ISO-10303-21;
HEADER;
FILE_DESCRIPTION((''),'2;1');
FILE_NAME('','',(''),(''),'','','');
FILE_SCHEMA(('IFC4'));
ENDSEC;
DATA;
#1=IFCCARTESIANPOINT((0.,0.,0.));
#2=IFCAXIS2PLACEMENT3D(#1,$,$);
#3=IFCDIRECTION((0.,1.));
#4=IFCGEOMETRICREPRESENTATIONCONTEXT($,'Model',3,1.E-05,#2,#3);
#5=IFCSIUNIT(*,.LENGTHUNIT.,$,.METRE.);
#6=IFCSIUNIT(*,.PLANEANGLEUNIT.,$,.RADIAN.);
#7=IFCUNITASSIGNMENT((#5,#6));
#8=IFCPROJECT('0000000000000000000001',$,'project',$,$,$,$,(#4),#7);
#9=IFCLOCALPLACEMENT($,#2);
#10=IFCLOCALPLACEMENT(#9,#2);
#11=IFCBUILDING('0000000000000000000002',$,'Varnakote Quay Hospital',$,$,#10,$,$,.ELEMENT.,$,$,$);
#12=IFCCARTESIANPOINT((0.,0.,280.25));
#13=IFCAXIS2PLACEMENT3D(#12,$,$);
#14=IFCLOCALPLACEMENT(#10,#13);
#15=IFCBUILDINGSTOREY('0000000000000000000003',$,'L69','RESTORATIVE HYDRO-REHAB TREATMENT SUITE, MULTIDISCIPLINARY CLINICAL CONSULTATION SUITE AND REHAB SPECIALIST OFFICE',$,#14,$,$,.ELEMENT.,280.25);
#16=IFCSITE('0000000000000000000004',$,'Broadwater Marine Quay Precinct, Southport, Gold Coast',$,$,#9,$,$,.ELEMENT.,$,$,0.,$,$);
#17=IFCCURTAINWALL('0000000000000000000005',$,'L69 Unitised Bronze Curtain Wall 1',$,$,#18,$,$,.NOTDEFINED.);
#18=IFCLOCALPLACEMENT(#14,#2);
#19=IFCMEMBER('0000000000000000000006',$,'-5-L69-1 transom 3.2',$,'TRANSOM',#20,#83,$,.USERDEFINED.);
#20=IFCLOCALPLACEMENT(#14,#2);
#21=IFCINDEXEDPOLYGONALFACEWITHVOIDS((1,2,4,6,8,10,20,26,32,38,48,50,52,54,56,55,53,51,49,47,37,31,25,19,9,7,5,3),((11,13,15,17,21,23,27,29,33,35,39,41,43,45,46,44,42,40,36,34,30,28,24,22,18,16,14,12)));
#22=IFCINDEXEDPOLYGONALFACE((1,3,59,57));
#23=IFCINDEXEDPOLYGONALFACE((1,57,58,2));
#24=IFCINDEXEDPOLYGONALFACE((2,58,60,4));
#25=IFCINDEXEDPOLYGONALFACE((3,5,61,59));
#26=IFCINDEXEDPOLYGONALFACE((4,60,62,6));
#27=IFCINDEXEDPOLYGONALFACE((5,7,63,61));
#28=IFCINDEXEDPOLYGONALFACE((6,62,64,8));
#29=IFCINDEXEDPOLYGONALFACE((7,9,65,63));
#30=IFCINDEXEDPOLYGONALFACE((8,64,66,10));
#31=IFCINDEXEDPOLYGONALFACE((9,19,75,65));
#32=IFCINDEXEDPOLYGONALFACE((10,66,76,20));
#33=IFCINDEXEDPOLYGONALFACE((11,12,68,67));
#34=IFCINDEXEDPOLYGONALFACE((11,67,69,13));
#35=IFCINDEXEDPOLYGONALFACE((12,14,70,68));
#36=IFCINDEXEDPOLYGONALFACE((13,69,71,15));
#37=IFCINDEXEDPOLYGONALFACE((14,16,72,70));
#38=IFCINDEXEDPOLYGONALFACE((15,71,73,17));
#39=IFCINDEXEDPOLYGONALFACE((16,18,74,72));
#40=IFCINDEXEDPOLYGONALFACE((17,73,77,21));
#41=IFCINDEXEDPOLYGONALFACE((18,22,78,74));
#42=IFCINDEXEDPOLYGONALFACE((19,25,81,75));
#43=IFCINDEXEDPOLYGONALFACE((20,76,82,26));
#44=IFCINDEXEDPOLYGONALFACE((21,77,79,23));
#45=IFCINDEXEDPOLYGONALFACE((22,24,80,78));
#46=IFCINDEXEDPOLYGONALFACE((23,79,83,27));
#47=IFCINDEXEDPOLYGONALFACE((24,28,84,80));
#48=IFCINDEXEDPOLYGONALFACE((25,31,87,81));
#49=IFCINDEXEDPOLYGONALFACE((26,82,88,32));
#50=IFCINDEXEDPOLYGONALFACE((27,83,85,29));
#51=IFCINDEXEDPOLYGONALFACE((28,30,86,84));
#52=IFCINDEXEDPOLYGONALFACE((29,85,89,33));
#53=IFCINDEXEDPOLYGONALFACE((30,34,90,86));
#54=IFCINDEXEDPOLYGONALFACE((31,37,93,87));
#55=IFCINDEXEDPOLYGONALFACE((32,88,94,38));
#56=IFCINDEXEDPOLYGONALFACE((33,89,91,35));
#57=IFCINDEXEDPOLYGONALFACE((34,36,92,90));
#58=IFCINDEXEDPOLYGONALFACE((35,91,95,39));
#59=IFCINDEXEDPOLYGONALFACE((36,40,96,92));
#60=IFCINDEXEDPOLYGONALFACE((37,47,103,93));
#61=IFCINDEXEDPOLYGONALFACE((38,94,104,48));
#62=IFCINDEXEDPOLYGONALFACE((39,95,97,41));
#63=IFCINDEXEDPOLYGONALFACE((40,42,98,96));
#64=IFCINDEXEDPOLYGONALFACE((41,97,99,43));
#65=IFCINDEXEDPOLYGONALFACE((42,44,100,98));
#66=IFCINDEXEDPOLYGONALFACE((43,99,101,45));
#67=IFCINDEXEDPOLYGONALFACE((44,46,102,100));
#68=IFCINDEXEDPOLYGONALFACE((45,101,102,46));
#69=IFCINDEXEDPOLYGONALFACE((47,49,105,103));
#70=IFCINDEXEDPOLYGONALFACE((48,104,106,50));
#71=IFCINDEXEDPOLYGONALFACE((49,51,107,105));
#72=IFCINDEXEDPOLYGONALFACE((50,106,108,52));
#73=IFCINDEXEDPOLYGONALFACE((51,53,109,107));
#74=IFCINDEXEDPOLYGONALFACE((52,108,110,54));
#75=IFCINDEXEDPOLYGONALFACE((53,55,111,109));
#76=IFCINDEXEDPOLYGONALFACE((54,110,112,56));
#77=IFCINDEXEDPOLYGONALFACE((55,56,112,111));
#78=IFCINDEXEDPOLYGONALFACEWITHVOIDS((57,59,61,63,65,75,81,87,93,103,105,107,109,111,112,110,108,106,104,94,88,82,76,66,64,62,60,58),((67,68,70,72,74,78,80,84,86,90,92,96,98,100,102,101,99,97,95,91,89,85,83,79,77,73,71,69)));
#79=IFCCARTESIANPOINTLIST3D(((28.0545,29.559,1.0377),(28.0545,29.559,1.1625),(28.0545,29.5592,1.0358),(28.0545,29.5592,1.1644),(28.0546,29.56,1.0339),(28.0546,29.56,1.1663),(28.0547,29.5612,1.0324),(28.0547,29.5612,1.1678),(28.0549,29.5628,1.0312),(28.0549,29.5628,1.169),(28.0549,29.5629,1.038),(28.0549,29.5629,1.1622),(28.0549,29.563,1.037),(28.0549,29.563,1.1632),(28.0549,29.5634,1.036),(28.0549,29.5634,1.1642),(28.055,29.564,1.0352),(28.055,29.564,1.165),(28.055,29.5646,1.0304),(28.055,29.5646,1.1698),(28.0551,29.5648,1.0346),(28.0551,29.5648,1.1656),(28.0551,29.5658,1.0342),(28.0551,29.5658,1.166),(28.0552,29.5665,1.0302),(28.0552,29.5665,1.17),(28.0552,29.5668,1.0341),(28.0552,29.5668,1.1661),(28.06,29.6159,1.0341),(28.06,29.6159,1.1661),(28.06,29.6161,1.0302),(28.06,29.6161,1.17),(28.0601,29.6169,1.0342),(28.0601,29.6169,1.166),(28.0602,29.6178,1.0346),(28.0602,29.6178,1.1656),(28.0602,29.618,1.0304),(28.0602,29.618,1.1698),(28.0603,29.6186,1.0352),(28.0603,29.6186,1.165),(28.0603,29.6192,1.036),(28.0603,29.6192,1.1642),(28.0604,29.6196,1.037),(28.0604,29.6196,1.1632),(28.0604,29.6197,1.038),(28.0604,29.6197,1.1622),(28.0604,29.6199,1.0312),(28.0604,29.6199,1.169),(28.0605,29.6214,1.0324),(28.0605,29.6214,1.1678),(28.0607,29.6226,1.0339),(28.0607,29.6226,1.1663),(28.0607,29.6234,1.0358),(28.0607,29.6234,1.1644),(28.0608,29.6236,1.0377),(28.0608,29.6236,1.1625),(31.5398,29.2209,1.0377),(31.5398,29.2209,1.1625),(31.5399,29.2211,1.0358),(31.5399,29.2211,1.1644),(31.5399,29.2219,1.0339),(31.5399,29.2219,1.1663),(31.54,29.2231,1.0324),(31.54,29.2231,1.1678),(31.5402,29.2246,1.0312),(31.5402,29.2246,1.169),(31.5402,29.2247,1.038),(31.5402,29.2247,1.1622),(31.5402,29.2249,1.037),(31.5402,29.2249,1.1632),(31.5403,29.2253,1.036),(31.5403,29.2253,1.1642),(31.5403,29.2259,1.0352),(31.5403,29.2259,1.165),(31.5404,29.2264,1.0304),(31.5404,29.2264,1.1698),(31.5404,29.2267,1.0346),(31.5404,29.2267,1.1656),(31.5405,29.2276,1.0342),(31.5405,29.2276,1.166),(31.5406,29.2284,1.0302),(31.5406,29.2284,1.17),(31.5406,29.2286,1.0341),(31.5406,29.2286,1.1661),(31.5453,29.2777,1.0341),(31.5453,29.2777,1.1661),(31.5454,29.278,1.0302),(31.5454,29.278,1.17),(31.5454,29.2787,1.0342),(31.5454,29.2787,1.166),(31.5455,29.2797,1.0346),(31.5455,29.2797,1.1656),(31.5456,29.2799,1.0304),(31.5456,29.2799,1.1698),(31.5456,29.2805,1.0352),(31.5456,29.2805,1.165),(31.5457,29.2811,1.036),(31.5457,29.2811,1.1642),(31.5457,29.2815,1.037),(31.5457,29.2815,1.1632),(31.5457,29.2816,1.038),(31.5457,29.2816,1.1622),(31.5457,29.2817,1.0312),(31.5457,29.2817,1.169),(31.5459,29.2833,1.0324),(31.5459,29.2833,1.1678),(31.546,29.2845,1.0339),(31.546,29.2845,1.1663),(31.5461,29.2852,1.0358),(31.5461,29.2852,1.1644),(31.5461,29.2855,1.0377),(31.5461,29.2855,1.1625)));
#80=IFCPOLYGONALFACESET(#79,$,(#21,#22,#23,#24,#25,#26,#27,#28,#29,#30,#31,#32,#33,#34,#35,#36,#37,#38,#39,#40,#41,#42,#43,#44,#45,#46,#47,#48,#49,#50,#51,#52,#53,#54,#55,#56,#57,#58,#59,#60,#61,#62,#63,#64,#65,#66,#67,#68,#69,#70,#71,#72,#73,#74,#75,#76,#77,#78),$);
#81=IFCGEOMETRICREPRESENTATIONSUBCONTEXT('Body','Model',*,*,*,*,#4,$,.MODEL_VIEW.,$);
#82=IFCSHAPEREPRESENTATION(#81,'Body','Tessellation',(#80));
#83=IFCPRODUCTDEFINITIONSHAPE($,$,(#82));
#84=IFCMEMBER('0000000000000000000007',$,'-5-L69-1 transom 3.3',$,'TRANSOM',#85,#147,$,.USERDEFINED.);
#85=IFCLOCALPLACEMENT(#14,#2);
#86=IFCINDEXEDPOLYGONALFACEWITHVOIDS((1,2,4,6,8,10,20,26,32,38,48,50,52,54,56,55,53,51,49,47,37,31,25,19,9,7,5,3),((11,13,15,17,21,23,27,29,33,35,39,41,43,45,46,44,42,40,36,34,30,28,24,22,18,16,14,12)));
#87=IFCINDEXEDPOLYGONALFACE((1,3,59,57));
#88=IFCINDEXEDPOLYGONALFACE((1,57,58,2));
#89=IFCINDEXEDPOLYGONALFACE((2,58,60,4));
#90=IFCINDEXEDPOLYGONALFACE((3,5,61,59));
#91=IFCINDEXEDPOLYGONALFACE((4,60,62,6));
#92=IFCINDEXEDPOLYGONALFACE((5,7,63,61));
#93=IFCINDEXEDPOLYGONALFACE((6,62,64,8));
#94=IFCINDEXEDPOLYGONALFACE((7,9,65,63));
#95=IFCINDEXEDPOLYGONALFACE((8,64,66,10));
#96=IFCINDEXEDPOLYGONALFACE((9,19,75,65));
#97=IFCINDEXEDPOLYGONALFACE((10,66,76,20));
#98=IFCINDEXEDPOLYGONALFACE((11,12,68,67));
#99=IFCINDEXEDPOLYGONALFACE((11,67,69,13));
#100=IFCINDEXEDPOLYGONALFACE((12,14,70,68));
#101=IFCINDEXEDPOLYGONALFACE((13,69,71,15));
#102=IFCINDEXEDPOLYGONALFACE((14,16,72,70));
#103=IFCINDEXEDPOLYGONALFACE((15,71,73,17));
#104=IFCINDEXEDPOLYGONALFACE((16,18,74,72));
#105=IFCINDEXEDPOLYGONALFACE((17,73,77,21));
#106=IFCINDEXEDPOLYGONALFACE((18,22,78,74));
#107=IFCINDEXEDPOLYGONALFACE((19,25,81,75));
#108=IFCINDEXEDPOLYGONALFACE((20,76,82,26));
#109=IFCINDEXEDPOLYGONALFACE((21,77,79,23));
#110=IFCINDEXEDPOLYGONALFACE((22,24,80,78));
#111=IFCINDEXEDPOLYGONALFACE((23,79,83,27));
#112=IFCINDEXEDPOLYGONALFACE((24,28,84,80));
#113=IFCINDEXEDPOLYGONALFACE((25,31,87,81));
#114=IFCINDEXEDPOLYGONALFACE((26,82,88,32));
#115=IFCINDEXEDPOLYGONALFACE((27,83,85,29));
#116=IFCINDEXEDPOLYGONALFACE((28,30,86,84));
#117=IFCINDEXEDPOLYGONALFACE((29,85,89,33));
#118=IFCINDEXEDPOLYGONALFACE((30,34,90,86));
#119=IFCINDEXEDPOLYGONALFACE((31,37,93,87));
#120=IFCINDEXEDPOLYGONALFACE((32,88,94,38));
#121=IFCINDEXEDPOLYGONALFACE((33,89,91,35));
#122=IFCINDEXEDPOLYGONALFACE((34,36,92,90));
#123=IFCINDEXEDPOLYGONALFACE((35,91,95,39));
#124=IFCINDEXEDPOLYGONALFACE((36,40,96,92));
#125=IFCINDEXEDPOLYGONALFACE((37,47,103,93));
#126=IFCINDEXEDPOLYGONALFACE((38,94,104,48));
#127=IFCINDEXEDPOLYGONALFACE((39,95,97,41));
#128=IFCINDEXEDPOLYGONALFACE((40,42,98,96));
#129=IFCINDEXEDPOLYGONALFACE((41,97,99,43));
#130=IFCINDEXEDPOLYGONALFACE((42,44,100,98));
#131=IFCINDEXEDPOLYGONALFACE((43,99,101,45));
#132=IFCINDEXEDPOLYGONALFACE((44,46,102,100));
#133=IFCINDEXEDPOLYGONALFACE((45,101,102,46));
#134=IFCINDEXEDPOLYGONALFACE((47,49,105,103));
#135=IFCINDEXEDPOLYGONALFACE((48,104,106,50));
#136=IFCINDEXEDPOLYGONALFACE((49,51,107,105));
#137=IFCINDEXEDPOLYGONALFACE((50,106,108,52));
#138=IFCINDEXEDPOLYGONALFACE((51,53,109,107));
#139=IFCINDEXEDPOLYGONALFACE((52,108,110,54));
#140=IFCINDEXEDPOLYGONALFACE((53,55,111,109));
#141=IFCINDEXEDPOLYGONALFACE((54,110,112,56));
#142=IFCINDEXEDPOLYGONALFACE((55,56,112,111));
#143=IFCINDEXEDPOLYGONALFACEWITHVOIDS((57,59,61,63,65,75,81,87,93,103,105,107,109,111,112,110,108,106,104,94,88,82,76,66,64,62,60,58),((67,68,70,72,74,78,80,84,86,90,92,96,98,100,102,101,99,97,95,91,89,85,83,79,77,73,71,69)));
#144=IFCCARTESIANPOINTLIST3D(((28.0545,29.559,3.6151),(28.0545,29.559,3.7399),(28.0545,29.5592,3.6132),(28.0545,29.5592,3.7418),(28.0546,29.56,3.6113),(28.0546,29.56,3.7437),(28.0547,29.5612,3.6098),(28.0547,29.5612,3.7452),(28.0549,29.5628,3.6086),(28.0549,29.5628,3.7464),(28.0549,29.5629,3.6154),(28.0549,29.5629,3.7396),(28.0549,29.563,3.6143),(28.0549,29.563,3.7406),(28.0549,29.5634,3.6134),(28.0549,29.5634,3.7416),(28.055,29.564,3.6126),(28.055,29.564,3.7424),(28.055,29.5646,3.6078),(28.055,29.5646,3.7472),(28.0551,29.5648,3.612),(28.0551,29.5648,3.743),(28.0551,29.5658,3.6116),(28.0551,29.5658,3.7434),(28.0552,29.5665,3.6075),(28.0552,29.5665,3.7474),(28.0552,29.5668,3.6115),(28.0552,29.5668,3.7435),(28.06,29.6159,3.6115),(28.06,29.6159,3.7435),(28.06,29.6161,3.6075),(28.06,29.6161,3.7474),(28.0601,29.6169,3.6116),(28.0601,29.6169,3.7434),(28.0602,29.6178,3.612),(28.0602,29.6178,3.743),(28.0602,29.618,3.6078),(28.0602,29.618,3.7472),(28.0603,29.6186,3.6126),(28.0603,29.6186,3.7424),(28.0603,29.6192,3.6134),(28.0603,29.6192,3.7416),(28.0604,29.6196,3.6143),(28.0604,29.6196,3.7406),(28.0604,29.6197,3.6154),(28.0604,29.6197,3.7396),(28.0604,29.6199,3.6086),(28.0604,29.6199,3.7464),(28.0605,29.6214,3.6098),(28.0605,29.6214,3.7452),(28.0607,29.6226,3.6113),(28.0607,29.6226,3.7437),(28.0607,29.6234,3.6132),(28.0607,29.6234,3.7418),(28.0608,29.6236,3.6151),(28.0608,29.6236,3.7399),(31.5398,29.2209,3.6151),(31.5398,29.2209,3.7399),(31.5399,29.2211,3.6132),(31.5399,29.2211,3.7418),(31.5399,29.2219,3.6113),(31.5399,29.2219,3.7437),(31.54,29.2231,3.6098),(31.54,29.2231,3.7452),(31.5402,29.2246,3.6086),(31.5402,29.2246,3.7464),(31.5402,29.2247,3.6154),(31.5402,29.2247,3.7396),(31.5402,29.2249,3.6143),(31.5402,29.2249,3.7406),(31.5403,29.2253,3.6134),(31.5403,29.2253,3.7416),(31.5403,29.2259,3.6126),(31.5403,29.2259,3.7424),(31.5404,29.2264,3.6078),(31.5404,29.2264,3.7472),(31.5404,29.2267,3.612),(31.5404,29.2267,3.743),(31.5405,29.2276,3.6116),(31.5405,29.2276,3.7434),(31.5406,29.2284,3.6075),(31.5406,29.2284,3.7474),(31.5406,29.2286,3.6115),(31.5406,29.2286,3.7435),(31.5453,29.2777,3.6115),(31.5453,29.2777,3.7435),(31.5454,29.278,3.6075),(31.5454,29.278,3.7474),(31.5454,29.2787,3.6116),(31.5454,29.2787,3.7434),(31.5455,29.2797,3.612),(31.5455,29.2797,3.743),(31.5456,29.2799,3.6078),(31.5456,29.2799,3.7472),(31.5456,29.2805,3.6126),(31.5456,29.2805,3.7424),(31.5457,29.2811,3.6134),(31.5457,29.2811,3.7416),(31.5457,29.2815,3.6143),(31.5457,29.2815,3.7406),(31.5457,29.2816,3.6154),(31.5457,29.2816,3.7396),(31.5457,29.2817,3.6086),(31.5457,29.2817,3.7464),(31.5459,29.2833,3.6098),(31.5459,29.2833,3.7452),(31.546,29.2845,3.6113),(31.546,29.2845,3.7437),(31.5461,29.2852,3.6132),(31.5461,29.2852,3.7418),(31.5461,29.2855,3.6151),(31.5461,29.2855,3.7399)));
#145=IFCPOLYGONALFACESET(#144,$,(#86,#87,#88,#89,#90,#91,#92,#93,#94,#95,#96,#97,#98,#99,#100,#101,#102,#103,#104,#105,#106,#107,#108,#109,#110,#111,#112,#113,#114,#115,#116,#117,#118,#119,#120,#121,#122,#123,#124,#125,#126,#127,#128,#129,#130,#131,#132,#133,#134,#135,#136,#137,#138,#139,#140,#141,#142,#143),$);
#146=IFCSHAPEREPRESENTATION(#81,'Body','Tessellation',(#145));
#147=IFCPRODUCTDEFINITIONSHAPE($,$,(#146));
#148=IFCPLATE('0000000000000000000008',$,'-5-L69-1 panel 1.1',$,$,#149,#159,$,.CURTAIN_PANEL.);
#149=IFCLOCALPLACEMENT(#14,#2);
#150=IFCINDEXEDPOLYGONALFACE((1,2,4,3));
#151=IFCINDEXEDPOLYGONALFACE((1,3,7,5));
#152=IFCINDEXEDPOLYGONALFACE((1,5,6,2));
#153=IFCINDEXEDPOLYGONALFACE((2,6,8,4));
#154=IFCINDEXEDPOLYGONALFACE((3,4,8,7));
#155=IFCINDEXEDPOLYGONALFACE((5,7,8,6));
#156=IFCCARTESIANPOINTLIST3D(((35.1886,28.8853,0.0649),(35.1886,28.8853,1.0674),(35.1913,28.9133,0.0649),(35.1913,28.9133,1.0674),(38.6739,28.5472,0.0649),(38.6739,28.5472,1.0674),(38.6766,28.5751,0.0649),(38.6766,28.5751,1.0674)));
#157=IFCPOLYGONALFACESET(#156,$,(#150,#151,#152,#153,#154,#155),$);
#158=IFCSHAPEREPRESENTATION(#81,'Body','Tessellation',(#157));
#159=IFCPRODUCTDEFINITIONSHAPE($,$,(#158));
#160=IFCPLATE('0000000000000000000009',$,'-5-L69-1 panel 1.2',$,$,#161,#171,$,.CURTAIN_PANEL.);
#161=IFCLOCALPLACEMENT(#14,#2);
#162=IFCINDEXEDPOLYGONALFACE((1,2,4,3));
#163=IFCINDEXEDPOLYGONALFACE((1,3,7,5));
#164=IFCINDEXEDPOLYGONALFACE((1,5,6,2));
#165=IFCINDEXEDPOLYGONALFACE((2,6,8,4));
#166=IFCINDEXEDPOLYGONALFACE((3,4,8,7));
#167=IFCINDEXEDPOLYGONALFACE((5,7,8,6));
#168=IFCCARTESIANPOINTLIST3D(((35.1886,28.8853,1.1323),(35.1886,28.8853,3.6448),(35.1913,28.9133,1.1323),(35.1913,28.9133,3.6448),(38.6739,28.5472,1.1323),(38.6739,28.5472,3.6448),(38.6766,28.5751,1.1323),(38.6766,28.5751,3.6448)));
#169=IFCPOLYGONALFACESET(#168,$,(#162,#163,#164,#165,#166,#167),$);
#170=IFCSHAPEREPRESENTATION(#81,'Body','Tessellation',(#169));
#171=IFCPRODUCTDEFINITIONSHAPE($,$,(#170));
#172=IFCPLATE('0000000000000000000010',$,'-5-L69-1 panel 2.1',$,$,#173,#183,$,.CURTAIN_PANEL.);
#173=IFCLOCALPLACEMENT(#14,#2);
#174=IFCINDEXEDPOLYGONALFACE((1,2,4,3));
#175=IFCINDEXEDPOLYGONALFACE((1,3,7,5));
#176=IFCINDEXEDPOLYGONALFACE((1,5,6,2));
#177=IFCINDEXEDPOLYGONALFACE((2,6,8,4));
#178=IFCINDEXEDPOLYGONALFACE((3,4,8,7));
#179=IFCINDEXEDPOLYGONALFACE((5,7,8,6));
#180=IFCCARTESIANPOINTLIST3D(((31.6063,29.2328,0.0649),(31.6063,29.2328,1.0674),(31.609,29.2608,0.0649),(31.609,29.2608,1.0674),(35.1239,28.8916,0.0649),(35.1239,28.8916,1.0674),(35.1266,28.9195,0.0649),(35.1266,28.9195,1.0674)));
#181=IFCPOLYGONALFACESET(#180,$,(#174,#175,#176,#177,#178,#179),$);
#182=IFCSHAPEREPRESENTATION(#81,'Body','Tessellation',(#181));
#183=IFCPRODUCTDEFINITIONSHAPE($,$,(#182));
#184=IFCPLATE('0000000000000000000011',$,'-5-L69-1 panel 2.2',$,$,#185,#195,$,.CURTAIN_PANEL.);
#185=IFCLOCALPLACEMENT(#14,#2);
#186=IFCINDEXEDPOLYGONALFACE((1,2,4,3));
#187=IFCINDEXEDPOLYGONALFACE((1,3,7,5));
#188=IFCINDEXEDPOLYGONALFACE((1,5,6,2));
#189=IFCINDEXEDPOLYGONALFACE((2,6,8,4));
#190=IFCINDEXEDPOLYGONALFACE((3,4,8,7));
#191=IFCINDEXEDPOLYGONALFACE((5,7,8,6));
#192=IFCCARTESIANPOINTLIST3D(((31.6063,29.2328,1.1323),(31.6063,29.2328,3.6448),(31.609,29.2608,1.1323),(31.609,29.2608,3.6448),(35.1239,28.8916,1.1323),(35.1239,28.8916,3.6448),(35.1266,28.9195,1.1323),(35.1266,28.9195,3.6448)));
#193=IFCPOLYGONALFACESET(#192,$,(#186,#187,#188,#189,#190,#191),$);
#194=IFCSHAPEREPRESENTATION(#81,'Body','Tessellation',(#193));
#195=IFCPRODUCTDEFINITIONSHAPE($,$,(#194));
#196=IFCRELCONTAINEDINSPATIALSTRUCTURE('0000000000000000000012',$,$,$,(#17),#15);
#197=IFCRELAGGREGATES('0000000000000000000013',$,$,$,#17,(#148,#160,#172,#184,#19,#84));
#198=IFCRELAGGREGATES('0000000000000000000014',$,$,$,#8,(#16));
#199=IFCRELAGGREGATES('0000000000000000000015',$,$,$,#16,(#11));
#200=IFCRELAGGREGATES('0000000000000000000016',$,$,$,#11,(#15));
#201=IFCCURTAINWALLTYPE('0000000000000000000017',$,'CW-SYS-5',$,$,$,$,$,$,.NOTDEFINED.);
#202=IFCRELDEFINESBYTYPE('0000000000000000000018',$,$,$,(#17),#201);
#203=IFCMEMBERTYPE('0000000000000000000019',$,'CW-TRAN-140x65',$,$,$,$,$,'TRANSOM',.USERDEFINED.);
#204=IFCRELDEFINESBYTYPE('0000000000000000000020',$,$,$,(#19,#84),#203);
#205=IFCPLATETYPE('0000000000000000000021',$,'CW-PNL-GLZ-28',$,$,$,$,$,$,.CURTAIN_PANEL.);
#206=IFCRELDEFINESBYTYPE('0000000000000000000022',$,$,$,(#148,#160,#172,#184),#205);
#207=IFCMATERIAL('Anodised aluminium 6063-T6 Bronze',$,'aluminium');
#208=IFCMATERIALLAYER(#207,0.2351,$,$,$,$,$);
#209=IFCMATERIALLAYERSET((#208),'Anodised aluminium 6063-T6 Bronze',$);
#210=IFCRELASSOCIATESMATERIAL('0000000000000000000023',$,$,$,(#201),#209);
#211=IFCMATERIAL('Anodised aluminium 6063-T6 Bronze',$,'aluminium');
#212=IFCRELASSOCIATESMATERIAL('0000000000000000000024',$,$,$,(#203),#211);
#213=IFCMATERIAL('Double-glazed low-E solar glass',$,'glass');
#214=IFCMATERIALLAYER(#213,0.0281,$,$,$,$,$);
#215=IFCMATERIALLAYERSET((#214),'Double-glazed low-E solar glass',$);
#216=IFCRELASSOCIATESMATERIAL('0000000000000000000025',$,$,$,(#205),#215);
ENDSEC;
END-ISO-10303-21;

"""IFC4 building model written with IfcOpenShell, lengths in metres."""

from ifc_helpers import new_model, si_unit, direction, frame, origin, origin_2d, place, context, subcontext, project, spatial, rectangle, hollow_rectangle, extrude, material, layer, layer_set, material_profile, profile_set, type_object, element, aggregate, save


model = new_model("IFC4")

# Units and contexts
model_context = context("Model", 3, precision=1e-05, world=origin(), true_north=direction((0.0, 1.0)))
body_context = subcontext(model_context, "Body", "Model", "MODEL_VIEW")
ifc_project = project(units=[si_unit("LENGTHUNIT", "METRE"), si_unit("PLANEANGLEUNIT", "RADIAN")], contexts=[model_context])

# Site, building, storey
site_placement = place(None, origin())
site = spatial("IfcSite", under=ifc_project, at=site_placement, Name="Broadwater Marine Quay Precinct, Southport, Gold Coast", CompositionType="ELEMENT", RefElevation=0.0)
building_placement = place(site_placement, origin())
building = spatial("IfcBuilding", under=site, at=building_placement, Name="Varnakote Quay Hospital", CompositionType="ELEMENT")
storey_placement = place(building_placement, frame((0.0, 0.0, 280.25)))
storey = spatial("IfcBuildingStorey", under=building, at=storey_placement, Name="L69", Description="RESTORATIVE HYDRO-REHAB TREATMENT SUITE, MULTIDISCIPLINARY CLINICAL CONSULTATION SUITE AND REHAB SPECIALIST OFFICE", CompositionType="ELEMENT", Elevation=280.25)

# Curtain wall, members, plates
ifc_material_1 = material(Name="Anodised aluminium 6063-T6 Bronze", Category="aluminium")
ifc_layer_1 = layer(ifc_material_1, 0.2351)
ifc_layer_set_1 = layer_set([ifc_layer_1], Name="Anodised aluminium 6063-T6 Bronze")
curtain_wall_type = type_object("IfcCurtainWallType", Name="CW-SYS-5", PredefinedType="NOTDEFINED", material=ifc_layer_set_1)
curtain_wall_placement = place(storey_placement, origin())
curtain_wall = element("IfcCurtainWall", 1, at=curtain_wall_placement, inside=storey, type_object=curtain_wall_type, Name="L69 Unitised Bronze Curtain Wall 1", PredefinedType="NOTDEFINED")
ifc_material_2 = material(Name="Anodised aluminium 6063-T6 Bronze", Category="aluminium")
ifc_material_profile_1 = material_profile(ifc_material_2, hollow_rectangle(XDim=0.0649, YDim=0.1399, WallThickness=0.0039, InnerFilletRadius=0.0039, OuterFilletRadius=0.0076, at=origin_2d()), Name="CW-TRAN-140x65")
ifc_profile_set_1 = profile_set([ifc_material_profile_1], Name="Anodised aluminium 6063-T6 Bronze")
member_type_1 = type_object("IfcMemberType", Name="CW-TRAN-140x65", ElementType="TRANSOM", PredefinedType="USERDEFINED", material=ifc_profile_set_1)
member_1_placement = place(storey_placement, frame((31.543, 29.2532, 1.1001), z_axis=(-0.995327, 0.096563, 0.0), x_axis=(-0.096563, -0.995327, 0.0)))
member_1 = element("IfcMember", 2, at=member_1_placement, type_object=member_type_1, Name="-5-L69-1 transom 3.2", ObjectType="TRANSOM", PredefinedType="USERDEFINED", context=body_context, shape_type="SweptSolid", body=[
    extrude(hollow_rectangle(XDim=0.0649, YDim=0.1399, WallThickness=0.0039, InnerFilletRadius=0.0039, OuterFilletRadius=0.0076, at=origin_2d()), origin(), (0.0, 0.0, 1.0), 3.5017),
])
member_2_placement = place(storey_placement, frame((31.543, 29.2532, 3.6775), z_axis=(-0.995327, 0.096563, 0.0), x_axis=(-0.096563, -0.995327, 0.0)))
member_2 = element("IfcMember", 3, at=member_2_placement, type_object=member_type_1, Name="-5-L69-1 transom 3.3", ObjectType="TRANSOM", PredefinedType="USERDEFINED", context=body_context, shape_type="SweptSolid", body=[
    extrude(hollow_rectangle(XDim=0.0649, YDim=0.1399, WallThickness=0.0039, InnerFilletRadius=0.0039, OuterFilletRadius=0.0076, at=origin_2d()), origin(), (0.0, 0.0, 1.0), 3.5017),
])
ifc_material_3 = material(Name="Double-glazed low-E solar glass", Category="glass")
ifc_layer_2 = layer(ifc_material_3, 0.0281)
ifc_layer_set_2 = layer_set([ifc_layer_2], Name="Double-glazed low-E solar glass")
plate_type = type_object("IfcPlateType", Name="CW-PNL-GLZ-28", PredefinedType="CURTAIN_PANEL", material=ifc_layer_set_2)
plate_1_placement = place(storey_placement, frame((36.9326, 28.7302, 0.0649), z_axis=(0.0, 0.0, 1.0), x_axis=(-0.995326, 0.096569, 0.0)))
plate_1 = element("IfcPlate", 4, at=plate_1_placement, type_object=plate_type, Name="-5-L69-1 panel 1.1", PredefinedType="CURTAIN_PANEL", context=body_context, shape_type="SweptSolid", body=[
    extrude(rectangle(XDim=3.5017, YDim=0.0281, at=origin_2d()), origin(), (0.0, 0.0, 1.0), 1.0024),
])
plate_2_placement = place(storey_placement, frame((36.9326, 28.7302, 1.1323), z_axis=(0.0, 0.0, 1.0), x_axis=(-0.995326, 0.096569, 0.0)))
plate_2 = element("IfcPlate", 5, at=plate_2_placement, type_object=plate_type, Name="-5-L69-1 panel 1.2", PredefinedType="CURTAIN_PANEL", context=body_context, shape_type="SweptSolid", body=[
    extrude(rectangle(XDim=3.5017, YDim=0.0281, at=origin_2d()), origin(), (0.0, 0.0, 1.0), 2.5125),
])
plate_3_placement = place(storey_placement, frame((33.3665, 29.0762, 0.0649), z_axis=(0.0, 0.0, 1.0), x_axis=(-0.995326, 0.096569, 0.0)))
plate_3 = element("IfcPlate", 6, at=plate_3_placement, type_object=plate_type, Name="-5-L69-1 panel 2.1", PredefinedType="CURTAIN_PANEL", context=body_context, shape_type="SweptSolid", body=[
    extrude(rectangle(XDim=3.5342, YDim=0.0281, at=origin_2d()), origin(), (0.0, 0.0, 1.0), 1.0024),
])
plate_4_placement = place(storey_placement, frame((33.3665, 29.0762, 1.1323), z_axis=(0.0, 0.0, 1.0), x_axis=(-0.995326, 0.096569, 0.0)))
plate_4 = element("IfcPlate", 7, at=plate_4_placement, type_object=plate_type, Name="-5-L69-1 panel 2.2", PredefinedType="CURTAIN_PANEL", context=body_context, shape_type="SweptSolid", body=[
    extrude(rectangle(XDim=3.5342, YDim=0.0281, at=origin_2d()), origin(), (0.0, 0.0, 1.0), 2.5125),
])
aggregate(curtain_wall, [plate_1, plate_2, plate_3, plate_4, member_1, member_2])

save(model, "model.ifc")
